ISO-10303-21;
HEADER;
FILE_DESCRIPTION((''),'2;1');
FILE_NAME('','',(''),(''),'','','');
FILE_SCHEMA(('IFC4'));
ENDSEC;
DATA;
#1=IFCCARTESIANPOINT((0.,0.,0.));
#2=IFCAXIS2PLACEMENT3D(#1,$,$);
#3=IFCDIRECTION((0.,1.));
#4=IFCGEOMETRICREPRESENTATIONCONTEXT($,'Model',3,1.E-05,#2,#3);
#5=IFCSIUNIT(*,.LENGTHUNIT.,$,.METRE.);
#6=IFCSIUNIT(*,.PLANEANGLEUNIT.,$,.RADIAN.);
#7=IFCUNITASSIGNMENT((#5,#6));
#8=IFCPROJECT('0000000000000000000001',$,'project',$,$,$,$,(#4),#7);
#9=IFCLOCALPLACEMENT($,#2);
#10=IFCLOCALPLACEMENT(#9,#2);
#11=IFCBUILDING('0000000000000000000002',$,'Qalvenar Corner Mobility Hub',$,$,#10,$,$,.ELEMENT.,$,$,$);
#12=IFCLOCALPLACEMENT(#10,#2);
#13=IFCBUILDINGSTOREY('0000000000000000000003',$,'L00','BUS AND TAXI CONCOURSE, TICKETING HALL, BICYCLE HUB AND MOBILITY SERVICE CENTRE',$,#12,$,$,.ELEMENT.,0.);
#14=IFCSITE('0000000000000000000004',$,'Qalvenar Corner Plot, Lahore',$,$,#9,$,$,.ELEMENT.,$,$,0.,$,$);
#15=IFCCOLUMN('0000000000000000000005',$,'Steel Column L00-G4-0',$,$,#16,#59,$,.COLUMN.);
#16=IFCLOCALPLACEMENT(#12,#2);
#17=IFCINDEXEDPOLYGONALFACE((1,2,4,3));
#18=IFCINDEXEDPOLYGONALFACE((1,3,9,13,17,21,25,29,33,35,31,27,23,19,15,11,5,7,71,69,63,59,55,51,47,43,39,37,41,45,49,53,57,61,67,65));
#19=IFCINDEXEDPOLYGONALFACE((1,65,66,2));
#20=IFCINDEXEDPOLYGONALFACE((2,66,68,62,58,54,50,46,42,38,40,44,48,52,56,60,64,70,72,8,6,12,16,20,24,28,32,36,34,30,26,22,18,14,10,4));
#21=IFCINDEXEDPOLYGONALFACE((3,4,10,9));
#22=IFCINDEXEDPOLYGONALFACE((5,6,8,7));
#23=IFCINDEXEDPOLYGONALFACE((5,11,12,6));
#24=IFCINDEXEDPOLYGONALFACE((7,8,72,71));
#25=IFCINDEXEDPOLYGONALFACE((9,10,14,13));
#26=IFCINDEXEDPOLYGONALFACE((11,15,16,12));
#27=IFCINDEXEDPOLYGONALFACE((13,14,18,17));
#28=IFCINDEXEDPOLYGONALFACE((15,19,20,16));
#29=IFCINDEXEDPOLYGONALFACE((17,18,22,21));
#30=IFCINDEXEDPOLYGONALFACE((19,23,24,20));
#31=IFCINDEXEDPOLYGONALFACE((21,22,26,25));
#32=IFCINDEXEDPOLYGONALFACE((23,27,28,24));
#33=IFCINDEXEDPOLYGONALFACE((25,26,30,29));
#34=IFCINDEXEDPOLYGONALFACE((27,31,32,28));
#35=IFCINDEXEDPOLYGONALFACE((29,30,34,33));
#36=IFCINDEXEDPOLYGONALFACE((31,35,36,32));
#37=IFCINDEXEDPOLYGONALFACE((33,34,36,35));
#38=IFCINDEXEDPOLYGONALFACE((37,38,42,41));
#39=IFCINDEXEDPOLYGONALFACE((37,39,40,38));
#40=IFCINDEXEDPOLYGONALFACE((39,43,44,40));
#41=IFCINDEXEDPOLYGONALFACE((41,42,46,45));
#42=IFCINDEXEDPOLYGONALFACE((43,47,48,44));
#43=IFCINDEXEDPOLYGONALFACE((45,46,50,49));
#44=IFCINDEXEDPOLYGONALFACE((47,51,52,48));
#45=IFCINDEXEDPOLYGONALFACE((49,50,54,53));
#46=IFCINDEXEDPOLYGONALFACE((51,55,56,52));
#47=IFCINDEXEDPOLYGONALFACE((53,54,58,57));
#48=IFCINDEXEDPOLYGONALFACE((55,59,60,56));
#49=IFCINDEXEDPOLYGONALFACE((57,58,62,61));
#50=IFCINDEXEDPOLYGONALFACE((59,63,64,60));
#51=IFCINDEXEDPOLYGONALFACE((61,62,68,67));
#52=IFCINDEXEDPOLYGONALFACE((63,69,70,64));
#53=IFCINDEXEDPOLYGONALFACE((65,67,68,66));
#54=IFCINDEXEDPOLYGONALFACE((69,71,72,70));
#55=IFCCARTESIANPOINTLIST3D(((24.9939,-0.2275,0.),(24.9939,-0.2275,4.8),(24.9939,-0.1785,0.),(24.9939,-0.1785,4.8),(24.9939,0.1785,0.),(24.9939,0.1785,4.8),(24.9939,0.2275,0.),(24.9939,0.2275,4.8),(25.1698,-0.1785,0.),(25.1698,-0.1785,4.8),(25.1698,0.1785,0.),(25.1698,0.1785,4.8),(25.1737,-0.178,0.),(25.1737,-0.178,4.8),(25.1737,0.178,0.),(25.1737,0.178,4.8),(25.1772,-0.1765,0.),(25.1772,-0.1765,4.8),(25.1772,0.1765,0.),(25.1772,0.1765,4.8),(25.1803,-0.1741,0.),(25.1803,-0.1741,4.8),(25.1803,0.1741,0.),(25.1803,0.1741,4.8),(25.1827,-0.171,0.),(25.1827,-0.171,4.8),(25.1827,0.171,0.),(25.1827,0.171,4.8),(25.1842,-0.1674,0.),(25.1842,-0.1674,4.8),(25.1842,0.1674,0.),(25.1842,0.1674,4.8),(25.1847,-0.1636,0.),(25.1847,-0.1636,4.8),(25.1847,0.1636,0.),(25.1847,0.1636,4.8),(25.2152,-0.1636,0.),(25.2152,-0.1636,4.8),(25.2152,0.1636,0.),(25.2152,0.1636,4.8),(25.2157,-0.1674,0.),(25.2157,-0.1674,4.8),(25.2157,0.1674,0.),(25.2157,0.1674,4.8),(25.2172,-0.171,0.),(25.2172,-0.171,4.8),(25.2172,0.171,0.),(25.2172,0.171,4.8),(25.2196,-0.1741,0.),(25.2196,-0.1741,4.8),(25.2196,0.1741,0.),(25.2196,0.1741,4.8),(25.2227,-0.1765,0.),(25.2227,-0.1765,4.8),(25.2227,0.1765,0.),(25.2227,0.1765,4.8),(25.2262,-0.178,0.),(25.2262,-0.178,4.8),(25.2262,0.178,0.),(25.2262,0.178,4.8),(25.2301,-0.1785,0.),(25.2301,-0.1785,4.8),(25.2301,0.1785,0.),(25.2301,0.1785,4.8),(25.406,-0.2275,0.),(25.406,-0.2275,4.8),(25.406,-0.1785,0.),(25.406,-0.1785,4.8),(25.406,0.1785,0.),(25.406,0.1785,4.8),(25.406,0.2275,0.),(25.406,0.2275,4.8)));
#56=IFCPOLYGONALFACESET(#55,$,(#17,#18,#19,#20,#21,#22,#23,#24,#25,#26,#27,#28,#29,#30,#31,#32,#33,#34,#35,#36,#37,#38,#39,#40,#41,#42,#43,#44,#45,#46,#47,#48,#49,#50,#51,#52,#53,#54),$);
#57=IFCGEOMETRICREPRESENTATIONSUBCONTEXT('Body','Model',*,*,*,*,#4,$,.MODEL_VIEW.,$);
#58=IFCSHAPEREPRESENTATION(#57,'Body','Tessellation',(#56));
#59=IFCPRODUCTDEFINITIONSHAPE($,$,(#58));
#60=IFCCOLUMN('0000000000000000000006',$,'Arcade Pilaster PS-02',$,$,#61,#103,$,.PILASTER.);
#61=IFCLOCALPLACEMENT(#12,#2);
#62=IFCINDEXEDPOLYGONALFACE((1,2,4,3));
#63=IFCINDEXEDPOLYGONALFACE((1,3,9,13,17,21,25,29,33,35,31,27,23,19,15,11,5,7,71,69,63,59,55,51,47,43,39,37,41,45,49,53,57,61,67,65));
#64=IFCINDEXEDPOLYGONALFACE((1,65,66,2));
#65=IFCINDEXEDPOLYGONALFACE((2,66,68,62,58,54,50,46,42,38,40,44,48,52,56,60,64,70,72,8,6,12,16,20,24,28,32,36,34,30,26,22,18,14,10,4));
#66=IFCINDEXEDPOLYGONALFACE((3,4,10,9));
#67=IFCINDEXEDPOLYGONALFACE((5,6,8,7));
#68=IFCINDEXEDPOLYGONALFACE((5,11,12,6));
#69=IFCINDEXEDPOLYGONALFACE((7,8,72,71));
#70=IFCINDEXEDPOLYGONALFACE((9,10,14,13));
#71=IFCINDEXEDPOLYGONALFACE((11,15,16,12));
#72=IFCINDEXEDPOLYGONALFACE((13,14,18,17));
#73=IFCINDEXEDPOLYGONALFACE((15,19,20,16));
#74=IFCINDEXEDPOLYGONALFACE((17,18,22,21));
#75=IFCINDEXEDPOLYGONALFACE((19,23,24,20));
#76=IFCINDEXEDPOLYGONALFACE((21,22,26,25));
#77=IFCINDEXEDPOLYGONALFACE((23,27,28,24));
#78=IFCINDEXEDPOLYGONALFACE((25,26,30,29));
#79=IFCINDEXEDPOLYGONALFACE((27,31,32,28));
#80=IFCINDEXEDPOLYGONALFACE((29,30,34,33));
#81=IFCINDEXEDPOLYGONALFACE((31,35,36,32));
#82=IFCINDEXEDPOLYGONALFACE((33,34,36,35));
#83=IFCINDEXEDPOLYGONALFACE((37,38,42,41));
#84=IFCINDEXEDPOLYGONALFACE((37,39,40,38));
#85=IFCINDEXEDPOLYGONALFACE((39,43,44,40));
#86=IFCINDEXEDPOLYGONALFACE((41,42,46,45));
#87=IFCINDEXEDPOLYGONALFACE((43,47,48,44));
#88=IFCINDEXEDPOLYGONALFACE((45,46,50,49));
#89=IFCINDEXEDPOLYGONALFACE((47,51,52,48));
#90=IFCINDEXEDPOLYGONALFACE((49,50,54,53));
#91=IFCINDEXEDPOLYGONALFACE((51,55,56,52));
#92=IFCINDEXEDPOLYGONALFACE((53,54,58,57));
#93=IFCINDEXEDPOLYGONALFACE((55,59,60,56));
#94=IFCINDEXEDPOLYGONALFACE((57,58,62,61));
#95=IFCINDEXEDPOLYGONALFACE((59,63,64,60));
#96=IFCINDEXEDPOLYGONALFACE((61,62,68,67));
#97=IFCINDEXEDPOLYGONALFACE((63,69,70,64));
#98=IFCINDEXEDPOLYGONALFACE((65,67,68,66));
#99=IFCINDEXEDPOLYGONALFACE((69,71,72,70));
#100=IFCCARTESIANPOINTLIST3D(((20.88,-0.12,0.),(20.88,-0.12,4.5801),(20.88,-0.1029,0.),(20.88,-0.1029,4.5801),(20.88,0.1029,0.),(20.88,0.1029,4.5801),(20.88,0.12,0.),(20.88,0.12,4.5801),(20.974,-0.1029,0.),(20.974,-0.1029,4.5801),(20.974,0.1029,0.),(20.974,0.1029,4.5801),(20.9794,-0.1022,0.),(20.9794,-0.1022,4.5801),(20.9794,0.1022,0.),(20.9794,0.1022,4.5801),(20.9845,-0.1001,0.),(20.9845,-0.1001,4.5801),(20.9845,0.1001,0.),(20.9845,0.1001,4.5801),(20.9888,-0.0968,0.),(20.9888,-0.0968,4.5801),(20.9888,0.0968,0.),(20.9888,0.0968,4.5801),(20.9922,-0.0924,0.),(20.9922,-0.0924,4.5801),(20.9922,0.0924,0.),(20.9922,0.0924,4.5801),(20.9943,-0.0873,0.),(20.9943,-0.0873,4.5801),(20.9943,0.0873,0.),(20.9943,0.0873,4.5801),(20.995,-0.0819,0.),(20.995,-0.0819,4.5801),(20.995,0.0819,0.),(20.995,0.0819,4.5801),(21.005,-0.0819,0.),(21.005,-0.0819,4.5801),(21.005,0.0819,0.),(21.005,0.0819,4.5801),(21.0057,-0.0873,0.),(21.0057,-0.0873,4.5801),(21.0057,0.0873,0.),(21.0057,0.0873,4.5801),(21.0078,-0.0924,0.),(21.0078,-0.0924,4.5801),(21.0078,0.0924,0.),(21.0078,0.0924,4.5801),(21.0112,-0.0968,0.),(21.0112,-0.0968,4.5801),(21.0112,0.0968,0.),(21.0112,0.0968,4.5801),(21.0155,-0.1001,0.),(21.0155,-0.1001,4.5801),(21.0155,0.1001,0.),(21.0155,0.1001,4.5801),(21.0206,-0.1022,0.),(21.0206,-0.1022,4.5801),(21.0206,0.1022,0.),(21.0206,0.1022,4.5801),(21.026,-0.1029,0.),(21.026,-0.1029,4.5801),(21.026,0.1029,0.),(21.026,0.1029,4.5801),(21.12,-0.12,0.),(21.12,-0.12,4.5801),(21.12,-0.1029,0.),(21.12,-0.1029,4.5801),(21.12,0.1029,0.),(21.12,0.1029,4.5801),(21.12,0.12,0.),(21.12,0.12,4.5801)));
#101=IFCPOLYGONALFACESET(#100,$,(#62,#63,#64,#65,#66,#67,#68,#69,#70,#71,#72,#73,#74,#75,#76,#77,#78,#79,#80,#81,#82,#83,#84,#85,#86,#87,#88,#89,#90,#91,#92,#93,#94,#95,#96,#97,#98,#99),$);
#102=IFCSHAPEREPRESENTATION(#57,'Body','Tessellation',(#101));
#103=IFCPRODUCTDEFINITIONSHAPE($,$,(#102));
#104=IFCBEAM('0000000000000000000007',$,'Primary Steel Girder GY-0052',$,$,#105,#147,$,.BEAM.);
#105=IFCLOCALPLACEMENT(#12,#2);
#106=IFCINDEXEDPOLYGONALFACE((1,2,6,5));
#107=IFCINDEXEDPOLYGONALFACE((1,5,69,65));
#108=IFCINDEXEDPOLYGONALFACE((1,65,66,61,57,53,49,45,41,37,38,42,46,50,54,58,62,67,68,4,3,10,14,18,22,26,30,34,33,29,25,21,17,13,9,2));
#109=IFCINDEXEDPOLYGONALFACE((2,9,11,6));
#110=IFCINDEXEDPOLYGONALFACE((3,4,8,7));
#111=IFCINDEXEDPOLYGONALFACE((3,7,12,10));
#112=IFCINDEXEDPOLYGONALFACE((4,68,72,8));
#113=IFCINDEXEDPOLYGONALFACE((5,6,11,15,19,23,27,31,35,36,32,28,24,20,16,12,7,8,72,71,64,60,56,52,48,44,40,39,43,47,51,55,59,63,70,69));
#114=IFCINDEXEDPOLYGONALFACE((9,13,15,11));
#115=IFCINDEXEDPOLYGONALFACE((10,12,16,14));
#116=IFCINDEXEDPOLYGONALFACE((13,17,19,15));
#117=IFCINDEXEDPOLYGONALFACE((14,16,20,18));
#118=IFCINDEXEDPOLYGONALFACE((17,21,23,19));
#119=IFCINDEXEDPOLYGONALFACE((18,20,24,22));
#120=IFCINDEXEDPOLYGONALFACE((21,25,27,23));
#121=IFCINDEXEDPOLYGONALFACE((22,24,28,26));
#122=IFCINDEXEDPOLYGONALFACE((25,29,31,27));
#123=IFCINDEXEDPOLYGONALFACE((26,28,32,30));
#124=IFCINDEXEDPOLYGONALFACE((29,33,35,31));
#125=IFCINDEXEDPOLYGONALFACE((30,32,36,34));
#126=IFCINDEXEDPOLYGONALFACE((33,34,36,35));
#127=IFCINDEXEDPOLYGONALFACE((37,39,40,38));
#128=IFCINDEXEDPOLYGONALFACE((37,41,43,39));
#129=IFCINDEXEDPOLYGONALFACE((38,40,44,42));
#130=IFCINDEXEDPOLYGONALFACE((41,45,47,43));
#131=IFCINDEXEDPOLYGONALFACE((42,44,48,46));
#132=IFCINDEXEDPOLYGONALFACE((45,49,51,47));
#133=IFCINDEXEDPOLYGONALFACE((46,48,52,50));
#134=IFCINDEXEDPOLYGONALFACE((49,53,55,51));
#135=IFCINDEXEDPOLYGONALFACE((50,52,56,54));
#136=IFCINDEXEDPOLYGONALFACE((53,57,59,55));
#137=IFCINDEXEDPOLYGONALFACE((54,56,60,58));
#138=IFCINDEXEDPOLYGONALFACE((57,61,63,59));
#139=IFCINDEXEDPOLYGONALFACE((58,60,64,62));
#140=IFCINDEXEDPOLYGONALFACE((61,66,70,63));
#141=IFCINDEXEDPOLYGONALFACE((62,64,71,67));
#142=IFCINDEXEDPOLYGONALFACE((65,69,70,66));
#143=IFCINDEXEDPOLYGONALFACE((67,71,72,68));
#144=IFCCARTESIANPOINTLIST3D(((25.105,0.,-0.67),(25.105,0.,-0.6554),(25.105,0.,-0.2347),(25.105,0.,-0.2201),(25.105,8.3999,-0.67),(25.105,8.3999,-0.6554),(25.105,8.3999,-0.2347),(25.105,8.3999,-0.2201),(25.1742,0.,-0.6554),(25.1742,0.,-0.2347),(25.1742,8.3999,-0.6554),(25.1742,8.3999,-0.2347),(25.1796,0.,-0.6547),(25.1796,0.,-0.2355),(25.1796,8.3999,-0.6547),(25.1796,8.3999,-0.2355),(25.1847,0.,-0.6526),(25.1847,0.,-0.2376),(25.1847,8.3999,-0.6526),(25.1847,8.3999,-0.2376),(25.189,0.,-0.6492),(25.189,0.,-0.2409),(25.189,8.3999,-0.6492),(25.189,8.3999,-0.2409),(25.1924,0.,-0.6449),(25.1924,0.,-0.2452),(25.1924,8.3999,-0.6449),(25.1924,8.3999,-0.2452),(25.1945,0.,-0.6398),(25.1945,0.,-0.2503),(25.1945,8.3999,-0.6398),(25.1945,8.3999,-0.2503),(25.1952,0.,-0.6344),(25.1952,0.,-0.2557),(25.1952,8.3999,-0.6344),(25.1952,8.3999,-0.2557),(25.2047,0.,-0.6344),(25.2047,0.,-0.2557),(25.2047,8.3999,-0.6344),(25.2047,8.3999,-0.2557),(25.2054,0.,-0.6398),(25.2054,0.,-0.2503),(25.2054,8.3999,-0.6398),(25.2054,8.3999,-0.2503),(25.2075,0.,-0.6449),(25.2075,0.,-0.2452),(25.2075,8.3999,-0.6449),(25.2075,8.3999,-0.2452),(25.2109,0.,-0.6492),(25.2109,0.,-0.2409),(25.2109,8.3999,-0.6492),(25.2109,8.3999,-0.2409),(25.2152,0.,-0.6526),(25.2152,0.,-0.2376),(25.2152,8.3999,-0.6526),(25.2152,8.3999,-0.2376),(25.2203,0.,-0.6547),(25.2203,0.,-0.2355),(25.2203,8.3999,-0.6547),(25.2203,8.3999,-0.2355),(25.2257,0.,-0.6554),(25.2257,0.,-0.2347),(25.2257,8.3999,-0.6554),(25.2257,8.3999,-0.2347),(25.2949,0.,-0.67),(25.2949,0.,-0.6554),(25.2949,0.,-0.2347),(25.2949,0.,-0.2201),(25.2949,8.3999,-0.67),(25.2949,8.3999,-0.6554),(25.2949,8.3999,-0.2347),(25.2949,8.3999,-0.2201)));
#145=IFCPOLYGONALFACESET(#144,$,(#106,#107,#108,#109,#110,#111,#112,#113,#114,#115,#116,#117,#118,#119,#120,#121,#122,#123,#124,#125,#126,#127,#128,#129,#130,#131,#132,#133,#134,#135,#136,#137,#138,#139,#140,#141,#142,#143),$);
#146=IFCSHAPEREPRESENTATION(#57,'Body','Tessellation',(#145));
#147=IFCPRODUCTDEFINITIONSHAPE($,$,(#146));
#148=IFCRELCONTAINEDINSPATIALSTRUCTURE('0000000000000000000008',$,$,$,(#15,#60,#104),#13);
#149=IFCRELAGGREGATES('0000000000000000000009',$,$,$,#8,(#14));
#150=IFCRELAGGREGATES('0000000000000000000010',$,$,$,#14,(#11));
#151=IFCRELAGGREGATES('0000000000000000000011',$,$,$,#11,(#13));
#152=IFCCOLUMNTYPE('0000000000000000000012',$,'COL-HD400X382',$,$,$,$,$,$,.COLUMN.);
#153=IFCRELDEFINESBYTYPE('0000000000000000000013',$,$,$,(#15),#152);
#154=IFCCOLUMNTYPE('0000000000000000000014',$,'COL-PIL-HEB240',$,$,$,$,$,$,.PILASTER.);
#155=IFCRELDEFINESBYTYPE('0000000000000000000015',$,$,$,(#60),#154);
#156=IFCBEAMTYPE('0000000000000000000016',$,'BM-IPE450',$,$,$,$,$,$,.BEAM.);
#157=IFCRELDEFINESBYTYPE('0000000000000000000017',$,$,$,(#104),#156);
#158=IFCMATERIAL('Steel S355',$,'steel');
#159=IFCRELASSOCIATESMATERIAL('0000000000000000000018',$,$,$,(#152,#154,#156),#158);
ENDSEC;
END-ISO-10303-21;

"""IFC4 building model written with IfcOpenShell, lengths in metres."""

from ifc_helpers import new_model, si_unit, direction, frame, origin, origin_2d, place, context, subcontext, project, spatial, i_section, extrude, material, material_profile, profile_set, type_object, element, save


model = new_model("IFC4")

# Units and contexts
model_context = context("Model", 3, precision=1e-05, world=origin(), true_north=direction((0.0, 1.0)))
body_context = subcontext(model_context, "Body", "Model", "MODEL_VIEW")
ifc_project = project(units=[si_unit("LENGTHUNIT", "METRE"), si_unit("PLANEANGLEUNIT", "RADIAN")], contexts=[model_context])

# Site, building, storey
site_placement = place(None, origin())
site = spatial("IfcSite", under=ifc_project, at=site_placement, Name="Qalvenar Corner Plot, Lahore", CompositionType="ELEMENT", RefElevation=0.0)
building_placement = place(site_placement, origin())
building = spatial("IfcBuilding", under=site, at=building_placement, Name="Qalvenar Corner Mobility Hub", CompositionType="ELEMENT")
storey_placement = place(building_placement, origin())
storey = spatial("IfcBuildingStorey", under=building, at=storey_placement, Name="L00", Description="BUS AND TAXI CONCOURSE, TICKETING HALL, BICYCLE HUB AND MOBILITY SERVICE CENTRE", CompositionType="ELEMENT", Elevation=0.0)

# Columns
ifc_material_1 = material(Name="Steel S355", Category="steel")
ifc_material_profile_1 = material_profile(ifc_material_1, i_section(OverallWidth=0.4121, OverallDepth=0.4551, WebThickness=0.0305, FlangeThickness=0.0491, FilletRadius=0.0149, at=origin_2d()), Name="HD400x421")
ifc_profile_set_1 = profile_set([ifc_material_profile_1], Name="Steel S355")
column_type_1 = type_object("IfcColumnType", Name="COL-HD400X382", PredefinedType="COLUMN", material=ifc_profile_set_1)
column_1_placement = place(storey_placement, frame((25.2, 0.0, 0.0), z_axis=(0.0, 0.0, 1.0), x_axis=(1.0, 0.0, 0.0)))
element("IfcColumn", 1, at=column_1_placement, inside=storey, type_object=column_type_1, Name="Steel Column L00-G4-0", PredefinedType="COLUMN", context=body_context, shape_type="SweptSolid", body=[
    extrude(i_section(OverallWidth=0.4121, OverallDepth=0.4551, WebThickness=0.0305, FlangeThickness=0.0491, FilletRadius=0.0149, at=origin_2d()), origin(), (0.0, 0.0, 1.0), 4.8),
])
ifc_material_profile_2 = material_profile(ifc_material_1, i_section(OverallWidth=0.24, OverallDepth=0.24, WebThickness=0.01, FlangeThickness=0.0171, FilletRadius=0.021, at=origin_2d()), Name="HEB240")
ifc_profile_set_2 = profile_set([ifc_material_profile_2], Name="Steel S355")
column_type_2 = type_object("IfcColumnType", Name="COL-PIL-HEB240", PredefinedType="PILASTER", material=ifc_profile_set_2)
column_2_placement = place(storey_placement, frame((21.0, 0.0, 0.0), z_axis=(0.0, 0.0, 1.0), x_axis=(1.0, 0.0, 0.0)))
element("IfcColumn", 2, at=column_2_placement, inside=storey, type_object=column_type_2, Name="Arcade Pilaster PS-02", PredefinedType="PILASTER", context=body_context, shape_type="SweptSolid", body=[
    extrude(i_section(OverallWidth=0.24, OverallDepth=0.24, WebThickness=0.01, FlangeThickness=0.0171, FilletRadius=0.021, at=origin_2d()), origin(), (0.0, 0.0, 1.0), 4.5801),
])

# Beam
ifc_material_profile_3 = material_profile(ifc_material_1, i_section(OverallWidth=0.1899, OverallDepth=0.45, WebThickness=0.0095, FlangeThickness=0.0146, FilletRadius=0.021, at=origin_2d()), Name="IPE450")
ifc_profile_set_3 = profile_set([ifc_material_profile_3], Name="Steel S355")
beam_type_1 = type_object("IfcBeamType", Name="BM-IPE450", PredefinedType="BEAM", material=ifc_profile_set_3)
beam_1_placement = place(storey_placement, frame((25.2, 0.0, -0.4451), z_axis=(0.0, 1.0, 0.0), x_axis=(-1.0, 0.0, 0.0)))
element("IfcBeam", 3, at=beam_1_placement, inside=storey, type_object=beam_type_1, Name="Primary Steel Girder GY-0052", PredefinedType="BEAM", context=body_context, shape_type="SweptSolid", body=[
    extrude(i_section(OverallWidth=0.1899, OverallDepth=0.45, WebThickness=0.0095, FlangeThickness=0.0146, FilletRadius=0.021, at=origin_2d()), origin(), (0.0, 0.0, 1.0), 8.3999),
])

save(model, "model.ifc")
